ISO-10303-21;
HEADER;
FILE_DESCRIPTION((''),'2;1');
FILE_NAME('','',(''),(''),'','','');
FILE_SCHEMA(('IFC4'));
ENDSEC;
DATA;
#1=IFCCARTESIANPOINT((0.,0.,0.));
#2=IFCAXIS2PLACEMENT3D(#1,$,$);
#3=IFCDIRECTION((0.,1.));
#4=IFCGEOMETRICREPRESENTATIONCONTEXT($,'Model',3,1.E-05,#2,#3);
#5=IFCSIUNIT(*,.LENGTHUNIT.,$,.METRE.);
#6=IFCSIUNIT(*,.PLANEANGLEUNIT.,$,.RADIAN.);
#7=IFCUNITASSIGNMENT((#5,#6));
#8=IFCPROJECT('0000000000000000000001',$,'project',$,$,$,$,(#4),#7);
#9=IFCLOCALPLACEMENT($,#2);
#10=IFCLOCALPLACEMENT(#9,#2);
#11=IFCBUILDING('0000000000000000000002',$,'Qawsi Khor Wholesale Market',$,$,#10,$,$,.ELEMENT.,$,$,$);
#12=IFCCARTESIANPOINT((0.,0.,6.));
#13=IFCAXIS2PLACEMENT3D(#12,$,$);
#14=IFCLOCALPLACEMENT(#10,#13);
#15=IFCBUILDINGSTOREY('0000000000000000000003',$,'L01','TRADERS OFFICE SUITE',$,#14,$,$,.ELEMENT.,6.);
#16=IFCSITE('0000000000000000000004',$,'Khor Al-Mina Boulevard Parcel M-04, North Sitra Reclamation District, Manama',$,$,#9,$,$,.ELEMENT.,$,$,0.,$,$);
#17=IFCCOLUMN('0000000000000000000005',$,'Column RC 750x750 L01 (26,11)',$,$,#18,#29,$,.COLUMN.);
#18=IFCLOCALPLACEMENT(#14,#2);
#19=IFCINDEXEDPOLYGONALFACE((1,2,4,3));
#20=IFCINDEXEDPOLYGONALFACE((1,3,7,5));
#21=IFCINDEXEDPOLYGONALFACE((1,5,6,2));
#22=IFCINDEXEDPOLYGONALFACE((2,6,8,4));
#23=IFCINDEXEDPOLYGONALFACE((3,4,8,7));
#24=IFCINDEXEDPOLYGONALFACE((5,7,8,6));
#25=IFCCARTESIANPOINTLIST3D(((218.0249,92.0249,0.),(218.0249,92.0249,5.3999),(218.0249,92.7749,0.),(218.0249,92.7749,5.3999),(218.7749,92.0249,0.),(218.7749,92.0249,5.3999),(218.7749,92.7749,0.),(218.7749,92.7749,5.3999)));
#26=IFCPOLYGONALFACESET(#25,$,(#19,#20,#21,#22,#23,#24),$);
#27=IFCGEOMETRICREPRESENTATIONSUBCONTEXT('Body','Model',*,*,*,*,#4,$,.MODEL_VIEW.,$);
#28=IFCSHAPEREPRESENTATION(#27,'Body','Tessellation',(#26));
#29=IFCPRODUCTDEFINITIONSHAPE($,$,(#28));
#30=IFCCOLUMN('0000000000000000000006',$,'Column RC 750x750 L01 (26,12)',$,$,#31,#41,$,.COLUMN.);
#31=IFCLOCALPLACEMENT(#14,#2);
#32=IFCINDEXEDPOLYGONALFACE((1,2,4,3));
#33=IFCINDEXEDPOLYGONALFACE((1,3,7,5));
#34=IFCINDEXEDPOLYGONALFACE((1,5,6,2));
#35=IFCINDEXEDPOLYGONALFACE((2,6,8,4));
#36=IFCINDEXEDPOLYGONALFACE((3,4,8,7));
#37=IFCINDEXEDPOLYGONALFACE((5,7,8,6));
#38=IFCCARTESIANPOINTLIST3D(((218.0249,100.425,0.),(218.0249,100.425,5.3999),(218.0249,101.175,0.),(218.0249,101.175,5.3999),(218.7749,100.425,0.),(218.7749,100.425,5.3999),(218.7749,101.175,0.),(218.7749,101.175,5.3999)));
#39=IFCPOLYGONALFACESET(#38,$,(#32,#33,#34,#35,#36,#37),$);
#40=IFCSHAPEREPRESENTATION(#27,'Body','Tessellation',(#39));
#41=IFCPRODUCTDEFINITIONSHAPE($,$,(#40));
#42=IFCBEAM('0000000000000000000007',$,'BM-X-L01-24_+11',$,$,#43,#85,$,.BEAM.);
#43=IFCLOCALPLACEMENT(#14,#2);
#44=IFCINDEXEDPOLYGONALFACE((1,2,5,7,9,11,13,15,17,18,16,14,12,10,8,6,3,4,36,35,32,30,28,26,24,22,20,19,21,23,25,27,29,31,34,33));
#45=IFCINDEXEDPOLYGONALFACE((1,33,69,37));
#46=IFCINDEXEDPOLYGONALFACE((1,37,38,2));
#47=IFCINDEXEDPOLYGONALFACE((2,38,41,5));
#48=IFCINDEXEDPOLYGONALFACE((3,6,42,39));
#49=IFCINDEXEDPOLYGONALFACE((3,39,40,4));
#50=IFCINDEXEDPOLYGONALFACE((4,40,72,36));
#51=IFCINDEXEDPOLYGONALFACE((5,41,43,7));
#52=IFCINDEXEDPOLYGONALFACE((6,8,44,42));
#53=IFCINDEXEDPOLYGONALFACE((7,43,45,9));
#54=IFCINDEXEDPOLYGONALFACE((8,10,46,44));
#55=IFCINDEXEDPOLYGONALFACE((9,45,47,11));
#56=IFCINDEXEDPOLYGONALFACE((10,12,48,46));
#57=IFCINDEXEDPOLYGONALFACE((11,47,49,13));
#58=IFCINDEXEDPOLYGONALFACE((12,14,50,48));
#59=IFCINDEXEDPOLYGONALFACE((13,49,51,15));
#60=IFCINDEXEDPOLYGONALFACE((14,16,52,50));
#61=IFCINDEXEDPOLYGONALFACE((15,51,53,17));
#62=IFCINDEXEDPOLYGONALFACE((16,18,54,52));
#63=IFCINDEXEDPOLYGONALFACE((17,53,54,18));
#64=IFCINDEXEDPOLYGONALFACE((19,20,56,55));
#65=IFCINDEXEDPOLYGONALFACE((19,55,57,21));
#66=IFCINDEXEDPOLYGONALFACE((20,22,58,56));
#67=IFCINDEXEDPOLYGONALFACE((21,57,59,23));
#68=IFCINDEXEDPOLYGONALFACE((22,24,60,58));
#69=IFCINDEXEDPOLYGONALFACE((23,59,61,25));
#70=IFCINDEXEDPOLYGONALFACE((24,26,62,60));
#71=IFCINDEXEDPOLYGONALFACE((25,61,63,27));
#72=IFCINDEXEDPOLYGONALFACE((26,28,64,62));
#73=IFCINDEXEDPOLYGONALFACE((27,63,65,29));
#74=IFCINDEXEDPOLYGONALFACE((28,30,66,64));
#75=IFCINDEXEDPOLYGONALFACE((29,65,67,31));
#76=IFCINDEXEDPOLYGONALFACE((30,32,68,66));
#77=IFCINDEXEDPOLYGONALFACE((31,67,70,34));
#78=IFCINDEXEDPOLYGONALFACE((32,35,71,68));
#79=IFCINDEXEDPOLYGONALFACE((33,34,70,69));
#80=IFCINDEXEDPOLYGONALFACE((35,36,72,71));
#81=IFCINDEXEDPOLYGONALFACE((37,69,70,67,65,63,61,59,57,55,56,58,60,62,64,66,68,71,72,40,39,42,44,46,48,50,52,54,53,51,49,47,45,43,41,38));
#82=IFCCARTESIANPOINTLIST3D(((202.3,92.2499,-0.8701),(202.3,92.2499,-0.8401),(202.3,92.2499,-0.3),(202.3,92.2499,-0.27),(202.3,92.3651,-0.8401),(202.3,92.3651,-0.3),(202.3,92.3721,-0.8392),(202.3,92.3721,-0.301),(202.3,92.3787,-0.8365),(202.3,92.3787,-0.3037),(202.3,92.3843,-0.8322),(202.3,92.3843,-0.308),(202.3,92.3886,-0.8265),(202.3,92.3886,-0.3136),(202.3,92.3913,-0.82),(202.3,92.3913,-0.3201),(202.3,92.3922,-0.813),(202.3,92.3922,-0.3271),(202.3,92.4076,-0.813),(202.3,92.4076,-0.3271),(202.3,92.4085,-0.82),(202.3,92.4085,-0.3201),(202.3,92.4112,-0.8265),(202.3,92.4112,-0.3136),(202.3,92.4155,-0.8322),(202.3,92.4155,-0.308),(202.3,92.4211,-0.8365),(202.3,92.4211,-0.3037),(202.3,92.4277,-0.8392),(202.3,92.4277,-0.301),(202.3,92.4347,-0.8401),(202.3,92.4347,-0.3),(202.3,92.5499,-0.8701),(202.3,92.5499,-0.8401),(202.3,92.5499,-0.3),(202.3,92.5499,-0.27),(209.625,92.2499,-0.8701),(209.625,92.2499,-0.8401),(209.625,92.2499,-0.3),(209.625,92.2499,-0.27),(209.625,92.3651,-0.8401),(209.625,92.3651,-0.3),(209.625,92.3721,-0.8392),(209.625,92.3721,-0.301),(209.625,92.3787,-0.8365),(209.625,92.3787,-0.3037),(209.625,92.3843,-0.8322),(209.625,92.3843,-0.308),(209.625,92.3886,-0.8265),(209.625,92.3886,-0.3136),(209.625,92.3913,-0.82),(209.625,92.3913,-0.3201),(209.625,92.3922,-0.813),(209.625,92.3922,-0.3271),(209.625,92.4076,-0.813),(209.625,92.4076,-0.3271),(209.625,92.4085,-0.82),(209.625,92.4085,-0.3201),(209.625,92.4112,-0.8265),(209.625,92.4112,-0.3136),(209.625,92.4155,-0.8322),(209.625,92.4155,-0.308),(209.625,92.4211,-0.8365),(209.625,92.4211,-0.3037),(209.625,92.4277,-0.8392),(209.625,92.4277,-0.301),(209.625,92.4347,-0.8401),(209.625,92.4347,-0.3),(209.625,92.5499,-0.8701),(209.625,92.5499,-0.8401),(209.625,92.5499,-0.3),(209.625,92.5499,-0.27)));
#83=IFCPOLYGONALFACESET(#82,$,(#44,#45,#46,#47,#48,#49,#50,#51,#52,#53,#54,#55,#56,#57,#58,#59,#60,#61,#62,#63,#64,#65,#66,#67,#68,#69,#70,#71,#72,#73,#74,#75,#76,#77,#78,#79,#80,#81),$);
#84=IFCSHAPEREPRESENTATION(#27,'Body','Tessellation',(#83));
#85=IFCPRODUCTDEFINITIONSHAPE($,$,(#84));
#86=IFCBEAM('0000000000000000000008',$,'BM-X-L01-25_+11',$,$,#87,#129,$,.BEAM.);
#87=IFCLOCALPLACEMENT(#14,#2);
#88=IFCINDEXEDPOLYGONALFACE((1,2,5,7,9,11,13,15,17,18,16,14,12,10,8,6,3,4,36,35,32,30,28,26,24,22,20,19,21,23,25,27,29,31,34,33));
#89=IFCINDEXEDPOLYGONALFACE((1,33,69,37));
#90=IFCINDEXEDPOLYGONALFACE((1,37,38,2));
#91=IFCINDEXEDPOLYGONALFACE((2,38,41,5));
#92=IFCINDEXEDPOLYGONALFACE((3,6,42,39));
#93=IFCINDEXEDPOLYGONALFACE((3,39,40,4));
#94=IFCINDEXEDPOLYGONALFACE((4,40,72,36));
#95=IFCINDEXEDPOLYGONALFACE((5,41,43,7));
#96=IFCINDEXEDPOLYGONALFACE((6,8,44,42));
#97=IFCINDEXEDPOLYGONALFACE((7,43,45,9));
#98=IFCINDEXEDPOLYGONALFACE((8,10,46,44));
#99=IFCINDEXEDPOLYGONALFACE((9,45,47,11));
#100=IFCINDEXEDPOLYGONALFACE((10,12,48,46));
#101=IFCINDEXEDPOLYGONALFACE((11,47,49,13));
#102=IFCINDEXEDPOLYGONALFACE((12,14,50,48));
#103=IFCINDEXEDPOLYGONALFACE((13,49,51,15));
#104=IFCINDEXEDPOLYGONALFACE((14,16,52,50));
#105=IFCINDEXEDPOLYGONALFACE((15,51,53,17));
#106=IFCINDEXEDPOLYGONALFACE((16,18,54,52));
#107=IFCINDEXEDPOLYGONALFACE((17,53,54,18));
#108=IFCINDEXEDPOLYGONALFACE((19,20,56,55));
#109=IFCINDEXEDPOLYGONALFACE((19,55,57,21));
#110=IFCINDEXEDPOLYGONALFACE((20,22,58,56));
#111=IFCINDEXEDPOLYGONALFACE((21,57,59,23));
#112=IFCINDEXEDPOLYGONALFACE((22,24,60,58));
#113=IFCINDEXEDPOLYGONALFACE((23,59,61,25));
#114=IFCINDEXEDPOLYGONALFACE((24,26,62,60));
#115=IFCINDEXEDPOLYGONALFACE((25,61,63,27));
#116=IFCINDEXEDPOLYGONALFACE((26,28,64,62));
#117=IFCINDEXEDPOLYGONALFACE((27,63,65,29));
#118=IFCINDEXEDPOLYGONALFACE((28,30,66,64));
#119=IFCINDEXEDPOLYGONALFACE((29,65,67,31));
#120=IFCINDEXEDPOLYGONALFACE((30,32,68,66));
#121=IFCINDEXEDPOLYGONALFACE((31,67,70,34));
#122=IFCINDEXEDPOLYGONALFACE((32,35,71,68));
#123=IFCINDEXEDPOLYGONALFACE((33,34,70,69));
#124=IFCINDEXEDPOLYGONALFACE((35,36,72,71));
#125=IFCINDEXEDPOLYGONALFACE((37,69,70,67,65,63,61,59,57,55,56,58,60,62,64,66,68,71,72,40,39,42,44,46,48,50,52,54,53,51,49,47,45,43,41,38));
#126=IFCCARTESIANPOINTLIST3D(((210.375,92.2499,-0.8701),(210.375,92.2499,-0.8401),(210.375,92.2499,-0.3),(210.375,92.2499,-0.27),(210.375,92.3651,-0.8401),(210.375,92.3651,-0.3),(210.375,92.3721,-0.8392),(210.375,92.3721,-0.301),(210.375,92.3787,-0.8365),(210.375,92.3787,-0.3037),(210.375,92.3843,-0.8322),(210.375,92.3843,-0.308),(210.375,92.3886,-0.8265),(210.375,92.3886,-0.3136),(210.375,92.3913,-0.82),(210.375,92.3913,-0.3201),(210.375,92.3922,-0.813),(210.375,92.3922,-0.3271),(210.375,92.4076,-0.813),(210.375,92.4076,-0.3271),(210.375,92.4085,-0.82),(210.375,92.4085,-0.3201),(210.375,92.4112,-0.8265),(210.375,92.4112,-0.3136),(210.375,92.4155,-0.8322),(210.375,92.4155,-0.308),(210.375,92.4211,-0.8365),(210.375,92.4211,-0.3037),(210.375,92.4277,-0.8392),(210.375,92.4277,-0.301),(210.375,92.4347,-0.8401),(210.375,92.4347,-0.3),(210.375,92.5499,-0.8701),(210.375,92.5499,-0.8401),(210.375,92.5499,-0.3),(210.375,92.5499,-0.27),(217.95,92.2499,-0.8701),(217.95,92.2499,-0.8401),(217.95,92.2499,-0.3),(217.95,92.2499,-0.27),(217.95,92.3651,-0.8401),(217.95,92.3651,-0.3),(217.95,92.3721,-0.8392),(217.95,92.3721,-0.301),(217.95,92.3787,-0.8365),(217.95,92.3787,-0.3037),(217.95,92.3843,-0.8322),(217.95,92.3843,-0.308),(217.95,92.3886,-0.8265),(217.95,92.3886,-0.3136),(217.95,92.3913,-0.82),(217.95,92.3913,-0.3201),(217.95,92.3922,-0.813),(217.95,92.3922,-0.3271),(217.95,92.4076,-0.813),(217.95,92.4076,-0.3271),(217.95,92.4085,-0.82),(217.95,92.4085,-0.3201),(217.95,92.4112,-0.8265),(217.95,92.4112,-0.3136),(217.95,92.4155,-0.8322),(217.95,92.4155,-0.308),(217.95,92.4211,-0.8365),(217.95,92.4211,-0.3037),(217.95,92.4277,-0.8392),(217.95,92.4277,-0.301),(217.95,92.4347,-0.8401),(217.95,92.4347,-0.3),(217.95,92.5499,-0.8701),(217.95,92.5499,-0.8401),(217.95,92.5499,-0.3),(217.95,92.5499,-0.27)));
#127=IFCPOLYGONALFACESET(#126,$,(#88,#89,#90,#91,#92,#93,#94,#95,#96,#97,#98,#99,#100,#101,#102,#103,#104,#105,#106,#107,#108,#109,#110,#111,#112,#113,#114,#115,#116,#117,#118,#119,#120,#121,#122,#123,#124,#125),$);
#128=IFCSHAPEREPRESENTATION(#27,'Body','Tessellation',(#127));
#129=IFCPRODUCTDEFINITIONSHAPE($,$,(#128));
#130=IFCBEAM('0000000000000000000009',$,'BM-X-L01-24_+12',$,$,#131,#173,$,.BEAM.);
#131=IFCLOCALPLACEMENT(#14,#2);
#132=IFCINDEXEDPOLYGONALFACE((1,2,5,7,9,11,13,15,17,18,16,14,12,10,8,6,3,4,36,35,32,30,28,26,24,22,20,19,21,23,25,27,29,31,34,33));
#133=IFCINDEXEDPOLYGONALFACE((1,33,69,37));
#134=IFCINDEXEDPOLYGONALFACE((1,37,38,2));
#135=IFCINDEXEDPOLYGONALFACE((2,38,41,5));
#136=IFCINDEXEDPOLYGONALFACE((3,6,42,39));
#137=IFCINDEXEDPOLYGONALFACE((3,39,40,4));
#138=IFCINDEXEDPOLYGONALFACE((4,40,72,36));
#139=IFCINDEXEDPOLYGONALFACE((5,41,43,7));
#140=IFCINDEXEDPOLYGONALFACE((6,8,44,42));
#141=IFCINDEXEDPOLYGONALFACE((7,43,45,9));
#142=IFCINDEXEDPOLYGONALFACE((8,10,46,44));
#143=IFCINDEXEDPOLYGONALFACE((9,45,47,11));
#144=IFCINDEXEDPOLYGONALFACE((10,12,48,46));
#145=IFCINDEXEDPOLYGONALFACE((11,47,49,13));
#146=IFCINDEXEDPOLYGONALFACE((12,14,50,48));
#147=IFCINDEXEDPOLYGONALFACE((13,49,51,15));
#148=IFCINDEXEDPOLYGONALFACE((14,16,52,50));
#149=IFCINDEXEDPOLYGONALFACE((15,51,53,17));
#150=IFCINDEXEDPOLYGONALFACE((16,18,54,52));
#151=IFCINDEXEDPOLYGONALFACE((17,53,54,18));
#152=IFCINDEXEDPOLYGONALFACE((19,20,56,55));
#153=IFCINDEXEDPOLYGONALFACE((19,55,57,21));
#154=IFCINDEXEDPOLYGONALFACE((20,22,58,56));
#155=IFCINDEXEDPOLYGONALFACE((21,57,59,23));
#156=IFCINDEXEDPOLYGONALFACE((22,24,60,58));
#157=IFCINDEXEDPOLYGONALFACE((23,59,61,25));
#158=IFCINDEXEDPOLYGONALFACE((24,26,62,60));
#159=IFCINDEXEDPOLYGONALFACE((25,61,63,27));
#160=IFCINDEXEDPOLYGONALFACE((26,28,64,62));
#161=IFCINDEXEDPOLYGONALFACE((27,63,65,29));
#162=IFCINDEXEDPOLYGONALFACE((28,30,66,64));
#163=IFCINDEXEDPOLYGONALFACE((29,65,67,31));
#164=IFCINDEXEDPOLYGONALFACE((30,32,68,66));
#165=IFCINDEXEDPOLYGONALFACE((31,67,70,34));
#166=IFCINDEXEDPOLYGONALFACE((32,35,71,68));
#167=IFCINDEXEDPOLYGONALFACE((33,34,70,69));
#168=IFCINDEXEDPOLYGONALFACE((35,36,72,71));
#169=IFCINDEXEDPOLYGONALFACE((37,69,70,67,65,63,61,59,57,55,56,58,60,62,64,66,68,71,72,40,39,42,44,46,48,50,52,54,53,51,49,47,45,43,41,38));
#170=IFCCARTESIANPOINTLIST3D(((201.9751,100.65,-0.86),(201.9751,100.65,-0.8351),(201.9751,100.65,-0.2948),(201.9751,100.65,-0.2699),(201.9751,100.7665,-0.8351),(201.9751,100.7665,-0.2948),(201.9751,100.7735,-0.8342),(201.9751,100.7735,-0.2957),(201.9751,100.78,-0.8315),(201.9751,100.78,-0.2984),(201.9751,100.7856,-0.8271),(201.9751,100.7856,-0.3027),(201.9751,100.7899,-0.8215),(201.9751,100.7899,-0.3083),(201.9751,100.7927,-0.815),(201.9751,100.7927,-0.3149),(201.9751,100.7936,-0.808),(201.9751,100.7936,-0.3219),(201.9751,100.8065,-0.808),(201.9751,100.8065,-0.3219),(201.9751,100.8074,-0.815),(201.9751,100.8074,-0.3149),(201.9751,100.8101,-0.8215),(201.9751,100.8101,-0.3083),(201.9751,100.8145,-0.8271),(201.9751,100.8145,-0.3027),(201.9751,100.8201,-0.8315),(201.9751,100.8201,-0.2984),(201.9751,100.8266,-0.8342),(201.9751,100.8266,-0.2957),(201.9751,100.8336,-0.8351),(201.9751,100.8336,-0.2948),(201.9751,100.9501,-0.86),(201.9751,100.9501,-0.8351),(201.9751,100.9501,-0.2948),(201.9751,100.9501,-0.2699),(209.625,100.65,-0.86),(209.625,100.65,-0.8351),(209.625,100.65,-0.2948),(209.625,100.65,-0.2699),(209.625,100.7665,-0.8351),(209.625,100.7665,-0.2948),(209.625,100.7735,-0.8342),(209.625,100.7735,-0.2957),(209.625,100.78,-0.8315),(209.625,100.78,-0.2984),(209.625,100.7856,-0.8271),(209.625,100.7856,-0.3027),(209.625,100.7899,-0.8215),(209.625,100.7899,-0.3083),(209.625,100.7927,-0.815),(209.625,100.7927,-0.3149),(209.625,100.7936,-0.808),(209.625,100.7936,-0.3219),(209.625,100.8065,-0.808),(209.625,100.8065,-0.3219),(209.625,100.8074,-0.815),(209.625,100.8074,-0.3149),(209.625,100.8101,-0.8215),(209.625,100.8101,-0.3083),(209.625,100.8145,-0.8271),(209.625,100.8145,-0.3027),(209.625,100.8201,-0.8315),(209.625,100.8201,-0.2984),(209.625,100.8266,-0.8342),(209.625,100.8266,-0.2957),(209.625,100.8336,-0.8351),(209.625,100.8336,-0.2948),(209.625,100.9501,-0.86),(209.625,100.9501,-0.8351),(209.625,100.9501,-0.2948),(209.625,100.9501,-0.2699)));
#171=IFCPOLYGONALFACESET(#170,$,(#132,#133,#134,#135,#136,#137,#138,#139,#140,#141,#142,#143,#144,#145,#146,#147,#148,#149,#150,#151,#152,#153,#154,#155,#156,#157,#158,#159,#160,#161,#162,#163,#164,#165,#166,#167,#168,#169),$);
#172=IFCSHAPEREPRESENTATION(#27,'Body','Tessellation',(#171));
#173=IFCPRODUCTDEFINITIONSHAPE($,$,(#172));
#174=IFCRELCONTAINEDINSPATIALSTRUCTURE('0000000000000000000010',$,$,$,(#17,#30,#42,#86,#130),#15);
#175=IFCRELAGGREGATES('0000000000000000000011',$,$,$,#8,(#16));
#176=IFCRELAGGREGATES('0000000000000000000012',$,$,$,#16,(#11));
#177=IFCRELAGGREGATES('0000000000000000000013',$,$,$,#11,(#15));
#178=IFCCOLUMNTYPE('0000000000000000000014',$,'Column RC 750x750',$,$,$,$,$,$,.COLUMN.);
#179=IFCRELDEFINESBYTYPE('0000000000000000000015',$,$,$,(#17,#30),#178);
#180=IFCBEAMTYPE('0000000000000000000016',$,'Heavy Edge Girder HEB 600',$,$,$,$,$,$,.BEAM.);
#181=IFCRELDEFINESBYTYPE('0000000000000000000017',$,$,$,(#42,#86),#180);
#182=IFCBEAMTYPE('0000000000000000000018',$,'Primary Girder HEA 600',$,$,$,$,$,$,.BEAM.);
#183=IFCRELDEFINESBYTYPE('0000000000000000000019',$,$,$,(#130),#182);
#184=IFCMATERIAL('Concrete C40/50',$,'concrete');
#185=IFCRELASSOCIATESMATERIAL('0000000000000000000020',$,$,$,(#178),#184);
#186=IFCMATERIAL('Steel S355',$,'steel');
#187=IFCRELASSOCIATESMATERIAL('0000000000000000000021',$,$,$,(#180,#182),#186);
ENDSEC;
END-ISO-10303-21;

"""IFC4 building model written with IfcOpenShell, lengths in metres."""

from ifc_helpers import new_model, si_unit, direction, frame, origin, origin_2d, place, context, subcontext, project, spatial, rectangle, i_section, extrude, material, material_profile, profile_set, type_object, element, save


model = new_model("IFC4")

# Units and contexts
model_context = context("Model", 3, precision=1e-05, world=origin(), true_north=direction((0.0, 1.0)))
body_context = subcontext(model_context, "Body", "Model", "MODEL_VIEW")
ifc_project = project(units=[si_unit("LENGTHUNIT", "METRE"), si_unit("PLANEANGLEUNIT", "RADIAN")], contexts=[model_context])

# Site, building, storey
site_placement = place(None, origin())
site = spatial("IfcSite", under=ifc_project, at=site_placement, Name="Khor Al-Mina Boulevard Parcel M-04, North Sitra Reclamation District, Manama", CompositionType="ELEMENT", RefElevation=0.0)
building_placement = place(site_placement, origin())
building = spatial("IfcBuilding", under=site, at=building_placement, Name="Qawsi Khor Wholesale Market", CompositionType="ELEMENT")
storey_placement = place(building_placement, frame((0.0, 0.0, 6.0)))
storey = spatial("IfcBuildingStorey", under=building, at=storey_placement, Name="L01", Description="TRADERS OFFICE SUITE", CompositionType="ELEMENT", Elevation=6.0)

# Columns
ifc_material_1 = material(Name="Concrete C40/50", Category="concrete")
ifc_material_profile_1 = material_profile(ifc_material_1, rectangle(XDim=0.75, YDim=0.75, at=origin_2d()), Name="RC 750x750")
ifc_profile_set_1 = profile_set([ifc_material_profile_1], Name="Concrete C40/50")
column_type = type_object("IfcColumnType", Name="Column RC 750x750", PredefinedType="COLUMN", material=ifc_profile_set_1)
for number, where, z_axis, x_axis, name in (
    (1, (218.3999, 92.3999, 0.0), (0.0, 0.0, 1.0), (1.0, 0.0, 0.0), "Column RC 750x750 L01 (26,11)"),
    (2, (218.3999, 100.8, 0.0), (0.0, 0.0, 1.0), (1.0, 0.0, 0.0), "Column RC 750x750 L01 (26,12)"),
):
    element("IfcColumn", number, at=place(storey_placement, frame(where, z_axis=z_axis, x_axis=x_axis)), inside=storey, type_object=column_type, Name=name, PredefinedType="COLUMN", context=body_context, shape_type="SweptSolid", body=[
        extrude(rectangle(XDim=0.75, YDim=0.75, at=origin_2d()), origin(), (0.0, 0.0, 1.0), 5.3999),
    ])

# Beams
ifc_material_2 = material(Name="Steel S355", Category="steel")
ifc_material_profile_2 = material_profile(ifc_material_2, i_section(OverallWidth=0.3, OverallDepth=0.6001, WebThickness=0.0154, FlangeThickness=0.03, FilletRadius=0.0271, at=origin_2d()), Name="HEB 600")
ifc_profile_set_2 = profile_set([ifc_material_profile_2], Name="Steel S355")
beam_type_1 = type_object("IfcBeamType", Name="Heavy Edge Girder HEB 600", PredefinedType="BEAM", material=ifc_profile_set_2)
beam_1_placement = place(storey_placement, frame((202.3, 92.3999, -0.5701), z_axis=(1.0, 0.0, 0.0), x_axis=(0.0, 1.0, 0.0)))
element("IfcBeam", 3, at=beam_1_placement, inside=storey, type_object=beam_type_1, Name="BM-X-L01-24_+11", PredefinedType="BEAM", context=body_context, shape_type="SweptSolid", body=[
    extrude(i_section(OverallWidth=0.3, OverallDepth=0.6001, WebThickness=0.0154, FlangeThickness=0.03, FilletRadius=0.0271, at=origin_2d()), origin(), (0.0, 0.0, 1.0), 7.325),
])
beam_2_placement = place(storey_placement, frame((210.375, 92.3999, -0.5701), z_axis=(1.0, 0.0, 0.0), x_axis=(0.0, 1.0, 0.0)))
element("IfcBeam", 4, at=beam_2_placement, inside=storey, type_object=beam_type_1, Name="BM-X-L01-25_+11", PredefinedType="BEAM", context=body_context, shape_type="SweptSolid", body=[
    extrude(i_section(OverallWidth=0.3, OverallDepth=0.6001, WebThickness=0.0154, FlangeThickness=0.03, FilletRadius=0.0271, at=origin_2d()), origin(), (0.0, 0.0, 1.0), 7.575),
])
ifc_material_profile_3 = material_profile(ifc_material_2, i_section(OverallWidth=0.3, OverallDepth=0.5901, WebThickness=0.0129, FlangeThickness=0.0249, FilletRadius=0.0271, at=origin_2d()), Name="HEA 600")
ifc_profile_set_3 = profile_set([ifc_material_profile_3], Name="Steel S355")
beam_type_2 = type_object("IfcBeamType", Name="Primary Girder HEA 600", PredefinedType="BEAM", material=ifc_profile_set_3)
beam_3_placement = place(storey_placement, frame((201.9751, 100.8, -0.5649), z_axis=(1.0, 0.0, 0.0), x_axis=(0.0, 1.0, 0.0)))
element("IfcBeam", 5, at=beam_3_placement, inside=storey, type_object=beam_type_2, Name="BM-X-L01-24_+12", PredefinedType="BEAM", context=body_context, shape_type="SweptSolid", body=[
    extrude(i_section(OverallWidth=0.3, OverallDepth=0.5901, WebThickness=0.0129, FlangeThickness=0.0249, FilletRadius=0.0271, at=origin_2d()), origin(), (0.0, 0.0, 1.0), 7.6499),
])

save(model, "model.ifc")
